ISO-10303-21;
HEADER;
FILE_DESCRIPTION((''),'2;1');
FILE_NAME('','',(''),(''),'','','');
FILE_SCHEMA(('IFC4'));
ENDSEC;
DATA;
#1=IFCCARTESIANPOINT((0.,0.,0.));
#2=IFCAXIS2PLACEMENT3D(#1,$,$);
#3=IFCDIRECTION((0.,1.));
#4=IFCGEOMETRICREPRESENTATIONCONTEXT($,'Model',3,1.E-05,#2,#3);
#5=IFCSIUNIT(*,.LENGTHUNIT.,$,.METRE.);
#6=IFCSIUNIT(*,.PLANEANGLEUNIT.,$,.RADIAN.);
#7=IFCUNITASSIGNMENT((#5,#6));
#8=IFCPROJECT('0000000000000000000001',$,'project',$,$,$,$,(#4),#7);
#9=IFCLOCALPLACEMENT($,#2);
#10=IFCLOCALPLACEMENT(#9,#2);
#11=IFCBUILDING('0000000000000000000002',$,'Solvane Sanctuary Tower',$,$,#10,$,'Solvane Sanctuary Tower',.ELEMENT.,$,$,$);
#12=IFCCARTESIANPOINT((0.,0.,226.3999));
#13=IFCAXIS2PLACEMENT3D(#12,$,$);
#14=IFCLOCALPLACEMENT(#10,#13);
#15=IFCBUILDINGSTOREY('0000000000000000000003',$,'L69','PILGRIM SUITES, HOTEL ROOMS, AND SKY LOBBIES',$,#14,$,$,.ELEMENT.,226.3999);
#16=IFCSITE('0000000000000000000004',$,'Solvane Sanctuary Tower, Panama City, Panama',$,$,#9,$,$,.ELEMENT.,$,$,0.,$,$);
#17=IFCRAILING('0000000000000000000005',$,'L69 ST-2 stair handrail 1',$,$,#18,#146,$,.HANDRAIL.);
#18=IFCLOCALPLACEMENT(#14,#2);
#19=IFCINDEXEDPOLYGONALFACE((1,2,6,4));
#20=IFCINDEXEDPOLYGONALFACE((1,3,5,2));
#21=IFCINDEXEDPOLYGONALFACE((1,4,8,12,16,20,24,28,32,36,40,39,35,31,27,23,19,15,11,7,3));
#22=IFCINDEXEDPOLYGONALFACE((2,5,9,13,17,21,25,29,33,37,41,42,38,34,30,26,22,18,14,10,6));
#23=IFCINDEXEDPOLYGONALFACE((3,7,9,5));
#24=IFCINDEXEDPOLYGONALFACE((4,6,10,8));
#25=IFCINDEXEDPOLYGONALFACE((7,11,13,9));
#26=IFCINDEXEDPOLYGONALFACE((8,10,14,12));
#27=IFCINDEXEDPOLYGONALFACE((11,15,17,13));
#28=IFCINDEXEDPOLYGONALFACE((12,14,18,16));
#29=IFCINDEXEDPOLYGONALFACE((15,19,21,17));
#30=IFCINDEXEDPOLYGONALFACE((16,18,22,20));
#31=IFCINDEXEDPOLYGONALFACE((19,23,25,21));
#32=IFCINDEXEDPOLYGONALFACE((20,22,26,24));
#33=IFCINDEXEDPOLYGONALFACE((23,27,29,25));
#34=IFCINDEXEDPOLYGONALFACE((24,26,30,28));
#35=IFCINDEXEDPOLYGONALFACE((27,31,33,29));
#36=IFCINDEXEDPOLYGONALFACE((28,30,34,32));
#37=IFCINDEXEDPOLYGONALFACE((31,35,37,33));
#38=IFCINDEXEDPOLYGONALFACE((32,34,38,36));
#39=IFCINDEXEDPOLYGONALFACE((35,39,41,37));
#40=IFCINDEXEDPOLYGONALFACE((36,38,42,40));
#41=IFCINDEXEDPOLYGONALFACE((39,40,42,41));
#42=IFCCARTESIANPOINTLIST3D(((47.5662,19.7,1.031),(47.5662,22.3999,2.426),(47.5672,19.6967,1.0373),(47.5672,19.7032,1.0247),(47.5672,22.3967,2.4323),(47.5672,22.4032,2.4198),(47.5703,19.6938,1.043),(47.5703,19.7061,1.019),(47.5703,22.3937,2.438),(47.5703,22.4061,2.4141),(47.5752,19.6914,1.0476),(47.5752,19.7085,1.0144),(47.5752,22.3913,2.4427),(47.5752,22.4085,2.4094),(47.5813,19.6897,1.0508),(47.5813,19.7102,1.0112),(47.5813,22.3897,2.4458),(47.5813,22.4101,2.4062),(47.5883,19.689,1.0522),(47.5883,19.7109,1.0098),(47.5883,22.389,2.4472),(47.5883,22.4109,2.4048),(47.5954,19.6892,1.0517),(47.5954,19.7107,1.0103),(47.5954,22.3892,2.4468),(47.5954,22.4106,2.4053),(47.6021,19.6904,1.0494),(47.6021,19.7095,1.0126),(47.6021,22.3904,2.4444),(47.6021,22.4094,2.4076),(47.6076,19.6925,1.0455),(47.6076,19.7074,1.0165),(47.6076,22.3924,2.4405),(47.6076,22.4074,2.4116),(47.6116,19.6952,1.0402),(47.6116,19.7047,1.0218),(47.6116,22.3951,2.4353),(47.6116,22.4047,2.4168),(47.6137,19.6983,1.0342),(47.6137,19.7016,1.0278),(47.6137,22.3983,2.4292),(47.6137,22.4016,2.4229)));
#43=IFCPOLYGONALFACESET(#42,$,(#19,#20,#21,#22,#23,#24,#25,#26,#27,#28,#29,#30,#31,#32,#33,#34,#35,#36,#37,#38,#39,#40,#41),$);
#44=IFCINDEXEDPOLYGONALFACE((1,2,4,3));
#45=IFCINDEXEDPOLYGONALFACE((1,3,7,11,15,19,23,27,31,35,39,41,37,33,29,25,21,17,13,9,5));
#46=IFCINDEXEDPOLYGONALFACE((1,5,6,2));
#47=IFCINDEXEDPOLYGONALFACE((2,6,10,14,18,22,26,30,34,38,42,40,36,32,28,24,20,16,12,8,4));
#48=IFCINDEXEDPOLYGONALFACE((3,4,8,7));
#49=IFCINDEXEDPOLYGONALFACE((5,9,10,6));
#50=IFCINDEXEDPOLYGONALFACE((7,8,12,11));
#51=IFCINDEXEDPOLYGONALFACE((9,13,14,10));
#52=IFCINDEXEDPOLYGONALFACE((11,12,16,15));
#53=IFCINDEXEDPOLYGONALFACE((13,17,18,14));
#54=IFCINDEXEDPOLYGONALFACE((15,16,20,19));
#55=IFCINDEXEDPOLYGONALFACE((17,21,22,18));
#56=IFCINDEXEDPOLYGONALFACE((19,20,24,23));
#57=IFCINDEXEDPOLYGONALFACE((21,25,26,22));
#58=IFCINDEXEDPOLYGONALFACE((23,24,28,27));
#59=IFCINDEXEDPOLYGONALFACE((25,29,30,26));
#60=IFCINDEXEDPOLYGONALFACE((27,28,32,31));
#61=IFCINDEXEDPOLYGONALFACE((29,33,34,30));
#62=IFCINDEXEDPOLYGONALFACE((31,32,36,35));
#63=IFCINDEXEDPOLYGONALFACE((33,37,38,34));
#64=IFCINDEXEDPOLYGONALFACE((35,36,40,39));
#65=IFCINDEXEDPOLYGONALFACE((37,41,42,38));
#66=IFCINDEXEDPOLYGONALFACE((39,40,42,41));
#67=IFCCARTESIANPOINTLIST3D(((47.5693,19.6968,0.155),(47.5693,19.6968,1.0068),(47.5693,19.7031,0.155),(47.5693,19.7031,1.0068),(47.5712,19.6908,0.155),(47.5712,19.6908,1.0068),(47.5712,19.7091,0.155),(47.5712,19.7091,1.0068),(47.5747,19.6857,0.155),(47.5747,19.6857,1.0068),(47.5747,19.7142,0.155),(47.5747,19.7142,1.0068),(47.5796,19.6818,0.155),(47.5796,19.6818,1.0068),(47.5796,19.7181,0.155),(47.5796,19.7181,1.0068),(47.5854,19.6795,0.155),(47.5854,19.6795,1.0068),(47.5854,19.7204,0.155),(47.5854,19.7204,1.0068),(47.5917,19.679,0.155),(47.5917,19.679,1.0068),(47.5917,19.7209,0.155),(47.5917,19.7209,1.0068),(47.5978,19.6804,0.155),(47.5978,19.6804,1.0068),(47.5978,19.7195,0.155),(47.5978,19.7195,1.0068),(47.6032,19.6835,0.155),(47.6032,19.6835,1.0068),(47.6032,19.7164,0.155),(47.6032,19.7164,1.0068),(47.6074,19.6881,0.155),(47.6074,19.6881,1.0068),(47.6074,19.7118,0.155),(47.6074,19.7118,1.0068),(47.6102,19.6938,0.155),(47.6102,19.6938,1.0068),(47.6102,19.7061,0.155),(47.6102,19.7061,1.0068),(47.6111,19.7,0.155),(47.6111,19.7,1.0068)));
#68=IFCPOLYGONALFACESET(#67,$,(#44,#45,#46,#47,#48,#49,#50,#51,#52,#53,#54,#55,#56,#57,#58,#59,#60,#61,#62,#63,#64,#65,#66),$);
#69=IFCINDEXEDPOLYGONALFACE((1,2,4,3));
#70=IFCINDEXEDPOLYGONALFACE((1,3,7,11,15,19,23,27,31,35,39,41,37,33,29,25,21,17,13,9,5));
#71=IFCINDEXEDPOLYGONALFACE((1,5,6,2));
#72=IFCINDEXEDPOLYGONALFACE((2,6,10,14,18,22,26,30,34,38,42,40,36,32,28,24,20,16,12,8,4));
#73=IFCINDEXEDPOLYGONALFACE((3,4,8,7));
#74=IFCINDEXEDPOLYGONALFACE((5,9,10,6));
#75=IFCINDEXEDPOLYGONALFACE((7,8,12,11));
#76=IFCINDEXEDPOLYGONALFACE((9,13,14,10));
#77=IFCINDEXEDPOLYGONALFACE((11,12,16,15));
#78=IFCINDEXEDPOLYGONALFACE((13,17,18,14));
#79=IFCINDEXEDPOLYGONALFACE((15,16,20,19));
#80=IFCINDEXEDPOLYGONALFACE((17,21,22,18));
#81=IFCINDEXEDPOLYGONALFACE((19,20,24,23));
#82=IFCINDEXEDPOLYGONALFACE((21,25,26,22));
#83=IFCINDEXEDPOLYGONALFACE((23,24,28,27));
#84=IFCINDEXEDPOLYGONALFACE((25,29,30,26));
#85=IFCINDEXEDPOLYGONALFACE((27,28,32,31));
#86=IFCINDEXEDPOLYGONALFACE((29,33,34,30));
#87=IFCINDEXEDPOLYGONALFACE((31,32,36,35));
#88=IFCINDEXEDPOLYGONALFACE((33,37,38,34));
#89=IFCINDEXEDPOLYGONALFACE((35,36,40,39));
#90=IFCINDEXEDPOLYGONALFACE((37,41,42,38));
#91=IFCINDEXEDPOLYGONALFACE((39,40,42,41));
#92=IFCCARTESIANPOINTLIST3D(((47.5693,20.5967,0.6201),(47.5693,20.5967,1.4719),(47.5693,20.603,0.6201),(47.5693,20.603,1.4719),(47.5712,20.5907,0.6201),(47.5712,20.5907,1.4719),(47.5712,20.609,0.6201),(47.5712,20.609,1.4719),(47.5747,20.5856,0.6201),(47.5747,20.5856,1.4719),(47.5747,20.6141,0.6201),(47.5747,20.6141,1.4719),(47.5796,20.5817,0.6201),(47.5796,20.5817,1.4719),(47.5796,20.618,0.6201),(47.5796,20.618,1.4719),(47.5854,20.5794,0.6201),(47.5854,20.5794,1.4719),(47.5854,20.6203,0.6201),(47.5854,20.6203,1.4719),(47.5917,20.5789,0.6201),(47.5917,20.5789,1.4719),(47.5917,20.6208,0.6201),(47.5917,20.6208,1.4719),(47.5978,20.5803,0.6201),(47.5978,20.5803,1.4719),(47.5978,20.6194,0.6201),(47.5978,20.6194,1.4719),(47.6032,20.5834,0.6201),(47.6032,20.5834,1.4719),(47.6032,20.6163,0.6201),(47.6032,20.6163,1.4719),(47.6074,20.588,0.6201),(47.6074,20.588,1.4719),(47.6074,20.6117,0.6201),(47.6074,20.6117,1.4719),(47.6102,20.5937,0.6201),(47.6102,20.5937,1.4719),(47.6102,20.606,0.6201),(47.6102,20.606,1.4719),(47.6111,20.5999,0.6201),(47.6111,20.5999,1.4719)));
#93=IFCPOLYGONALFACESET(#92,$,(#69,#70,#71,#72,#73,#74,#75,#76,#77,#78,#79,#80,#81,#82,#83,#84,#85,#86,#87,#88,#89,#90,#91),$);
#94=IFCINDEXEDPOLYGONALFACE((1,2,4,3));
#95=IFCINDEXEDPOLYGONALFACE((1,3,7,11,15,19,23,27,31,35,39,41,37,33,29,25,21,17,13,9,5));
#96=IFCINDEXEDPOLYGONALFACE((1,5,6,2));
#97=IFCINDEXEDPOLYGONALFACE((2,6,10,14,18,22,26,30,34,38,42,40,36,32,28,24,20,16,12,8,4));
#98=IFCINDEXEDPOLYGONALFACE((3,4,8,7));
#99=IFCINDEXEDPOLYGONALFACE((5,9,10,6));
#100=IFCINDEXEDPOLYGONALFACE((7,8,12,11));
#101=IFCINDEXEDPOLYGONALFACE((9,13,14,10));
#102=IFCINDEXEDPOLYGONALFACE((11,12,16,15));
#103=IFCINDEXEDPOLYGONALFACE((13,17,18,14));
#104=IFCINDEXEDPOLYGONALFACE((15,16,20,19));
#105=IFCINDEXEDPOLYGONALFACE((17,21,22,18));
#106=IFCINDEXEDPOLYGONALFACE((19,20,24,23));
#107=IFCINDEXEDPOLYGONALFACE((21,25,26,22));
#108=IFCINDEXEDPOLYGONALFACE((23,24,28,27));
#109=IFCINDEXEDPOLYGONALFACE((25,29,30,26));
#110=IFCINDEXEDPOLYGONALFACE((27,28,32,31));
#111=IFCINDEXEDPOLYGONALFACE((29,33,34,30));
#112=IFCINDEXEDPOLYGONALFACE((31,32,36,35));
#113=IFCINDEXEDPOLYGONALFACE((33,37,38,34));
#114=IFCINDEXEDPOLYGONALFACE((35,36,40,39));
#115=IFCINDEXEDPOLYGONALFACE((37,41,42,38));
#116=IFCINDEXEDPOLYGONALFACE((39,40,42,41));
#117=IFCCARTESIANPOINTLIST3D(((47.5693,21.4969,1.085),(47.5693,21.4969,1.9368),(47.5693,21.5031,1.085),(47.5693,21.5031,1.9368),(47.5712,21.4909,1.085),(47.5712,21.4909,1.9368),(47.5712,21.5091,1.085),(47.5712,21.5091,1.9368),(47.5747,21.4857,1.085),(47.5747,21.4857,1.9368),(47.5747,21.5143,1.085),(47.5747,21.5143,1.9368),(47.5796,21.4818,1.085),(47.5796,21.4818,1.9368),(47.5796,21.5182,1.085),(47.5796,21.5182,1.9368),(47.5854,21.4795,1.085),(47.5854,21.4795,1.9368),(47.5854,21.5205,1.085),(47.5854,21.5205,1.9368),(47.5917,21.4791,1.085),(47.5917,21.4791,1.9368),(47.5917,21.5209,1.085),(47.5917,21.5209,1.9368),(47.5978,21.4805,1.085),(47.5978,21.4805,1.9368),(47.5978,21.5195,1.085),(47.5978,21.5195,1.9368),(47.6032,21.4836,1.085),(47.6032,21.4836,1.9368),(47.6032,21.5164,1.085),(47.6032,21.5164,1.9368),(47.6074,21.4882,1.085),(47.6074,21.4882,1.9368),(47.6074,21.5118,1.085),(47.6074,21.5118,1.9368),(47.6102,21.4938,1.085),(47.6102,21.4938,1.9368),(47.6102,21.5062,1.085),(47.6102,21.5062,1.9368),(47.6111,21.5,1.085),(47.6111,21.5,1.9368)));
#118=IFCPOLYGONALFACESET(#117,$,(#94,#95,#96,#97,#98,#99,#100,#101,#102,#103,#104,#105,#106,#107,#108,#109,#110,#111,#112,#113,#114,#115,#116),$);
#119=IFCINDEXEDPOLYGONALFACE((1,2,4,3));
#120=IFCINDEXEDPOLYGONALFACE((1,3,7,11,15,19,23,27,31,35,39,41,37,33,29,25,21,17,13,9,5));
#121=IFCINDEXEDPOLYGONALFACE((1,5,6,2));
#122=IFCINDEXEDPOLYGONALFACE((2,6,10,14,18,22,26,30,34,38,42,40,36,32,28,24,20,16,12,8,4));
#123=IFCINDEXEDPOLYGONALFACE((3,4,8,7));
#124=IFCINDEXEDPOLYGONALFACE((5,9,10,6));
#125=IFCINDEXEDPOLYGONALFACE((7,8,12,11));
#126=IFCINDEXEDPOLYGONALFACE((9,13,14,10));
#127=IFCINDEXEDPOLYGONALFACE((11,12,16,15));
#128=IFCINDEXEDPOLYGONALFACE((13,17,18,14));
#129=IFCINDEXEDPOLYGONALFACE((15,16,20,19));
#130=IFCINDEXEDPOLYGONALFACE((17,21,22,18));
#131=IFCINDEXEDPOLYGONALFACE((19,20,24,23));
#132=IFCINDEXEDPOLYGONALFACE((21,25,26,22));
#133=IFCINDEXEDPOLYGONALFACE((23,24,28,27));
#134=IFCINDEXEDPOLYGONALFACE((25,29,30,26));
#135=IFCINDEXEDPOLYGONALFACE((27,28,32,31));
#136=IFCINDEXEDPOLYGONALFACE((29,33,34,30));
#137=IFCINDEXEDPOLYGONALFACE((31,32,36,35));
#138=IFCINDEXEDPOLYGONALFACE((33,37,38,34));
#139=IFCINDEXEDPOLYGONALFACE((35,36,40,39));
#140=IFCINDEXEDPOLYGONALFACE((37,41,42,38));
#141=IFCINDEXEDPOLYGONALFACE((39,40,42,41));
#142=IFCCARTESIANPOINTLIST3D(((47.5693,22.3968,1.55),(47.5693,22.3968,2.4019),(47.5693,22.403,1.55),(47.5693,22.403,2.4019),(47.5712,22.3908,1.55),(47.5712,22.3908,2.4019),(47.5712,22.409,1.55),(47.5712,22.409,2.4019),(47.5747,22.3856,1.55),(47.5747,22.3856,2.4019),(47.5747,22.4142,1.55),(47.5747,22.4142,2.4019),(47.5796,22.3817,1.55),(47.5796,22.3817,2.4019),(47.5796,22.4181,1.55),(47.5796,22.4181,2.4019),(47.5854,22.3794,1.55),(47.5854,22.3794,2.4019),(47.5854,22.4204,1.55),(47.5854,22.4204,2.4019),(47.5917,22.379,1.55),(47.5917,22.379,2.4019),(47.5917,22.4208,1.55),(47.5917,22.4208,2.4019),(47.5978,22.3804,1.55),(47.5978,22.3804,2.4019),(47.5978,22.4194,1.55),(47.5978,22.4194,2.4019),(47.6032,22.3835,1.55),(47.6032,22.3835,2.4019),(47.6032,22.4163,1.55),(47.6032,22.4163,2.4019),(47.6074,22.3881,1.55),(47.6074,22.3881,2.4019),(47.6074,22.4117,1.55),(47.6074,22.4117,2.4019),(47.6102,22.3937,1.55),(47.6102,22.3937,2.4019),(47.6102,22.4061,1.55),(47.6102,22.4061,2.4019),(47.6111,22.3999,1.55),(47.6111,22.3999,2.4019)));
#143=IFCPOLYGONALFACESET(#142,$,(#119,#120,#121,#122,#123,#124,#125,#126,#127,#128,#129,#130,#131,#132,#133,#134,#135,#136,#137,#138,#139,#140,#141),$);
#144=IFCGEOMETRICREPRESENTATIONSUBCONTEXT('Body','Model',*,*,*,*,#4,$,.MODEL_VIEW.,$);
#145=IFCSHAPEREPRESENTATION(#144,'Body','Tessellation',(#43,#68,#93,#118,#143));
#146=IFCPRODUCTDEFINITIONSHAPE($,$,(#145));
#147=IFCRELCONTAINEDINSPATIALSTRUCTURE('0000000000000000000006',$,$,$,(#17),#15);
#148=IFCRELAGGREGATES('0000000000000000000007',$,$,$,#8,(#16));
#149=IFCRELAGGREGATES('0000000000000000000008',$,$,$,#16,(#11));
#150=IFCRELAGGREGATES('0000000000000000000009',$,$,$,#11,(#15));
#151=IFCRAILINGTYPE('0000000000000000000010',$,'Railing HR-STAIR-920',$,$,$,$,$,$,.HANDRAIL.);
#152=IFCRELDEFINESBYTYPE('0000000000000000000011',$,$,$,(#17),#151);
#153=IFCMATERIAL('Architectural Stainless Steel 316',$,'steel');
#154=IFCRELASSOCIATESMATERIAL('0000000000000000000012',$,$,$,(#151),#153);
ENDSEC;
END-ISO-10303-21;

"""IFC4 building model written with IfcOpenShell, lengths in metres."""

from ifc_helpers import new_model, si_unit, direction, frame, origin, origin_2d, place, context, subcontext, project, spatial, circle, extrude, material, type_object, element, save


model = new_model("IFC4")

# Units and contexts
model_context = context("Model", 3, precision=1e-05, world=origin(), true_north=direction((0.0, 1.0)))
body_context = subcontext(model_context, "Body", "Model", "MODEL_VIEW")
ifc_project = project(units=[si_unit("LENGTHUNIT", "METRE"), si_unit("PLANEANGLEUNIT", "RADIAN")], contexts=[model_context])

# Site, building, storey
site_placement = place(None, origin())
site = spatial("IfcSite", under=ifc_project, at=site_placement, Name="Solvane Sanctuary Tower, Panama City, Panama", CompositionType="ELEMENT", RefElevation=0.0)
building_placement = place(site_placement, origin())
building = spatial("IfcBuilding", under=site, at=building_placement, Name="Solvane Sanctuary Tower", LongName="Solvane Sanctuary Tower", CompositionType="ELEMENT")
storey_placement = place(building_placement, frame((0.0, 0.0, 226.3999)))
storey = spatial("IfcBuildingStorey", under=building, at=storey_placement, Name="L69", Description="PILGRIM SUITES, HOTEL ROOMS, AND SKY LOBBIES", CompositionType="ELEMENT", Elevation=226.3999)

# Shared definitions
ifc_material_1 = material(Name="Architectural Stainless Steel 316", Category="steel")

# Railing
railing_type_1 = type_object("IfcRailingType", Name="Railing HR-STAIR-920", PredefinedType="HANDRAIL", material=ifc_material_1)
railing_1_placement = place(storey_placement, frame((47.5901, 19.7, 0.155)))
element("IfcRailing", 1, at=railing_1_placement, inside=storey, type_object=railing_type_1, Name="L69 ST-2 stair handrail 1", PredefinedType="HANDRAIL", context=body_context, shape_type="SweptSolid", body=[
    extrude(circle(Radius=0.0239, at=origin_2d()), frame((0.0, 0.0, 0.876), z_axis=(0.0, 0.88842, 0.459032), x_axis=(-1.0, 0.0, 0.0)), (0.0, 0.0, 1.0), 3.0391),
    extrude(circle(Radius=0.021, at=origin_2d()), origin(), (0.0, 0.0, 1.0), 0.8518),
    extrude(circle(Radius=0.021, at=origin_2d()), frame((0.0, 0.8999, 0.4651)), (0.0, 0.0, 1.0), 0.8518),
    extrude(circle(Radius=0.021, at=origin_2d()), frame((0.0, 1.8, 0.9299)), (0.0, 0.0, 1.0), 0.8518),
    extrude(circle(Radius=0.021, at=origin_2d()), frame((0.0, 2.7, 1.395)), (0.0, 0.0, 1.0), 0.8518),
])

save(model, "model.ifc")
